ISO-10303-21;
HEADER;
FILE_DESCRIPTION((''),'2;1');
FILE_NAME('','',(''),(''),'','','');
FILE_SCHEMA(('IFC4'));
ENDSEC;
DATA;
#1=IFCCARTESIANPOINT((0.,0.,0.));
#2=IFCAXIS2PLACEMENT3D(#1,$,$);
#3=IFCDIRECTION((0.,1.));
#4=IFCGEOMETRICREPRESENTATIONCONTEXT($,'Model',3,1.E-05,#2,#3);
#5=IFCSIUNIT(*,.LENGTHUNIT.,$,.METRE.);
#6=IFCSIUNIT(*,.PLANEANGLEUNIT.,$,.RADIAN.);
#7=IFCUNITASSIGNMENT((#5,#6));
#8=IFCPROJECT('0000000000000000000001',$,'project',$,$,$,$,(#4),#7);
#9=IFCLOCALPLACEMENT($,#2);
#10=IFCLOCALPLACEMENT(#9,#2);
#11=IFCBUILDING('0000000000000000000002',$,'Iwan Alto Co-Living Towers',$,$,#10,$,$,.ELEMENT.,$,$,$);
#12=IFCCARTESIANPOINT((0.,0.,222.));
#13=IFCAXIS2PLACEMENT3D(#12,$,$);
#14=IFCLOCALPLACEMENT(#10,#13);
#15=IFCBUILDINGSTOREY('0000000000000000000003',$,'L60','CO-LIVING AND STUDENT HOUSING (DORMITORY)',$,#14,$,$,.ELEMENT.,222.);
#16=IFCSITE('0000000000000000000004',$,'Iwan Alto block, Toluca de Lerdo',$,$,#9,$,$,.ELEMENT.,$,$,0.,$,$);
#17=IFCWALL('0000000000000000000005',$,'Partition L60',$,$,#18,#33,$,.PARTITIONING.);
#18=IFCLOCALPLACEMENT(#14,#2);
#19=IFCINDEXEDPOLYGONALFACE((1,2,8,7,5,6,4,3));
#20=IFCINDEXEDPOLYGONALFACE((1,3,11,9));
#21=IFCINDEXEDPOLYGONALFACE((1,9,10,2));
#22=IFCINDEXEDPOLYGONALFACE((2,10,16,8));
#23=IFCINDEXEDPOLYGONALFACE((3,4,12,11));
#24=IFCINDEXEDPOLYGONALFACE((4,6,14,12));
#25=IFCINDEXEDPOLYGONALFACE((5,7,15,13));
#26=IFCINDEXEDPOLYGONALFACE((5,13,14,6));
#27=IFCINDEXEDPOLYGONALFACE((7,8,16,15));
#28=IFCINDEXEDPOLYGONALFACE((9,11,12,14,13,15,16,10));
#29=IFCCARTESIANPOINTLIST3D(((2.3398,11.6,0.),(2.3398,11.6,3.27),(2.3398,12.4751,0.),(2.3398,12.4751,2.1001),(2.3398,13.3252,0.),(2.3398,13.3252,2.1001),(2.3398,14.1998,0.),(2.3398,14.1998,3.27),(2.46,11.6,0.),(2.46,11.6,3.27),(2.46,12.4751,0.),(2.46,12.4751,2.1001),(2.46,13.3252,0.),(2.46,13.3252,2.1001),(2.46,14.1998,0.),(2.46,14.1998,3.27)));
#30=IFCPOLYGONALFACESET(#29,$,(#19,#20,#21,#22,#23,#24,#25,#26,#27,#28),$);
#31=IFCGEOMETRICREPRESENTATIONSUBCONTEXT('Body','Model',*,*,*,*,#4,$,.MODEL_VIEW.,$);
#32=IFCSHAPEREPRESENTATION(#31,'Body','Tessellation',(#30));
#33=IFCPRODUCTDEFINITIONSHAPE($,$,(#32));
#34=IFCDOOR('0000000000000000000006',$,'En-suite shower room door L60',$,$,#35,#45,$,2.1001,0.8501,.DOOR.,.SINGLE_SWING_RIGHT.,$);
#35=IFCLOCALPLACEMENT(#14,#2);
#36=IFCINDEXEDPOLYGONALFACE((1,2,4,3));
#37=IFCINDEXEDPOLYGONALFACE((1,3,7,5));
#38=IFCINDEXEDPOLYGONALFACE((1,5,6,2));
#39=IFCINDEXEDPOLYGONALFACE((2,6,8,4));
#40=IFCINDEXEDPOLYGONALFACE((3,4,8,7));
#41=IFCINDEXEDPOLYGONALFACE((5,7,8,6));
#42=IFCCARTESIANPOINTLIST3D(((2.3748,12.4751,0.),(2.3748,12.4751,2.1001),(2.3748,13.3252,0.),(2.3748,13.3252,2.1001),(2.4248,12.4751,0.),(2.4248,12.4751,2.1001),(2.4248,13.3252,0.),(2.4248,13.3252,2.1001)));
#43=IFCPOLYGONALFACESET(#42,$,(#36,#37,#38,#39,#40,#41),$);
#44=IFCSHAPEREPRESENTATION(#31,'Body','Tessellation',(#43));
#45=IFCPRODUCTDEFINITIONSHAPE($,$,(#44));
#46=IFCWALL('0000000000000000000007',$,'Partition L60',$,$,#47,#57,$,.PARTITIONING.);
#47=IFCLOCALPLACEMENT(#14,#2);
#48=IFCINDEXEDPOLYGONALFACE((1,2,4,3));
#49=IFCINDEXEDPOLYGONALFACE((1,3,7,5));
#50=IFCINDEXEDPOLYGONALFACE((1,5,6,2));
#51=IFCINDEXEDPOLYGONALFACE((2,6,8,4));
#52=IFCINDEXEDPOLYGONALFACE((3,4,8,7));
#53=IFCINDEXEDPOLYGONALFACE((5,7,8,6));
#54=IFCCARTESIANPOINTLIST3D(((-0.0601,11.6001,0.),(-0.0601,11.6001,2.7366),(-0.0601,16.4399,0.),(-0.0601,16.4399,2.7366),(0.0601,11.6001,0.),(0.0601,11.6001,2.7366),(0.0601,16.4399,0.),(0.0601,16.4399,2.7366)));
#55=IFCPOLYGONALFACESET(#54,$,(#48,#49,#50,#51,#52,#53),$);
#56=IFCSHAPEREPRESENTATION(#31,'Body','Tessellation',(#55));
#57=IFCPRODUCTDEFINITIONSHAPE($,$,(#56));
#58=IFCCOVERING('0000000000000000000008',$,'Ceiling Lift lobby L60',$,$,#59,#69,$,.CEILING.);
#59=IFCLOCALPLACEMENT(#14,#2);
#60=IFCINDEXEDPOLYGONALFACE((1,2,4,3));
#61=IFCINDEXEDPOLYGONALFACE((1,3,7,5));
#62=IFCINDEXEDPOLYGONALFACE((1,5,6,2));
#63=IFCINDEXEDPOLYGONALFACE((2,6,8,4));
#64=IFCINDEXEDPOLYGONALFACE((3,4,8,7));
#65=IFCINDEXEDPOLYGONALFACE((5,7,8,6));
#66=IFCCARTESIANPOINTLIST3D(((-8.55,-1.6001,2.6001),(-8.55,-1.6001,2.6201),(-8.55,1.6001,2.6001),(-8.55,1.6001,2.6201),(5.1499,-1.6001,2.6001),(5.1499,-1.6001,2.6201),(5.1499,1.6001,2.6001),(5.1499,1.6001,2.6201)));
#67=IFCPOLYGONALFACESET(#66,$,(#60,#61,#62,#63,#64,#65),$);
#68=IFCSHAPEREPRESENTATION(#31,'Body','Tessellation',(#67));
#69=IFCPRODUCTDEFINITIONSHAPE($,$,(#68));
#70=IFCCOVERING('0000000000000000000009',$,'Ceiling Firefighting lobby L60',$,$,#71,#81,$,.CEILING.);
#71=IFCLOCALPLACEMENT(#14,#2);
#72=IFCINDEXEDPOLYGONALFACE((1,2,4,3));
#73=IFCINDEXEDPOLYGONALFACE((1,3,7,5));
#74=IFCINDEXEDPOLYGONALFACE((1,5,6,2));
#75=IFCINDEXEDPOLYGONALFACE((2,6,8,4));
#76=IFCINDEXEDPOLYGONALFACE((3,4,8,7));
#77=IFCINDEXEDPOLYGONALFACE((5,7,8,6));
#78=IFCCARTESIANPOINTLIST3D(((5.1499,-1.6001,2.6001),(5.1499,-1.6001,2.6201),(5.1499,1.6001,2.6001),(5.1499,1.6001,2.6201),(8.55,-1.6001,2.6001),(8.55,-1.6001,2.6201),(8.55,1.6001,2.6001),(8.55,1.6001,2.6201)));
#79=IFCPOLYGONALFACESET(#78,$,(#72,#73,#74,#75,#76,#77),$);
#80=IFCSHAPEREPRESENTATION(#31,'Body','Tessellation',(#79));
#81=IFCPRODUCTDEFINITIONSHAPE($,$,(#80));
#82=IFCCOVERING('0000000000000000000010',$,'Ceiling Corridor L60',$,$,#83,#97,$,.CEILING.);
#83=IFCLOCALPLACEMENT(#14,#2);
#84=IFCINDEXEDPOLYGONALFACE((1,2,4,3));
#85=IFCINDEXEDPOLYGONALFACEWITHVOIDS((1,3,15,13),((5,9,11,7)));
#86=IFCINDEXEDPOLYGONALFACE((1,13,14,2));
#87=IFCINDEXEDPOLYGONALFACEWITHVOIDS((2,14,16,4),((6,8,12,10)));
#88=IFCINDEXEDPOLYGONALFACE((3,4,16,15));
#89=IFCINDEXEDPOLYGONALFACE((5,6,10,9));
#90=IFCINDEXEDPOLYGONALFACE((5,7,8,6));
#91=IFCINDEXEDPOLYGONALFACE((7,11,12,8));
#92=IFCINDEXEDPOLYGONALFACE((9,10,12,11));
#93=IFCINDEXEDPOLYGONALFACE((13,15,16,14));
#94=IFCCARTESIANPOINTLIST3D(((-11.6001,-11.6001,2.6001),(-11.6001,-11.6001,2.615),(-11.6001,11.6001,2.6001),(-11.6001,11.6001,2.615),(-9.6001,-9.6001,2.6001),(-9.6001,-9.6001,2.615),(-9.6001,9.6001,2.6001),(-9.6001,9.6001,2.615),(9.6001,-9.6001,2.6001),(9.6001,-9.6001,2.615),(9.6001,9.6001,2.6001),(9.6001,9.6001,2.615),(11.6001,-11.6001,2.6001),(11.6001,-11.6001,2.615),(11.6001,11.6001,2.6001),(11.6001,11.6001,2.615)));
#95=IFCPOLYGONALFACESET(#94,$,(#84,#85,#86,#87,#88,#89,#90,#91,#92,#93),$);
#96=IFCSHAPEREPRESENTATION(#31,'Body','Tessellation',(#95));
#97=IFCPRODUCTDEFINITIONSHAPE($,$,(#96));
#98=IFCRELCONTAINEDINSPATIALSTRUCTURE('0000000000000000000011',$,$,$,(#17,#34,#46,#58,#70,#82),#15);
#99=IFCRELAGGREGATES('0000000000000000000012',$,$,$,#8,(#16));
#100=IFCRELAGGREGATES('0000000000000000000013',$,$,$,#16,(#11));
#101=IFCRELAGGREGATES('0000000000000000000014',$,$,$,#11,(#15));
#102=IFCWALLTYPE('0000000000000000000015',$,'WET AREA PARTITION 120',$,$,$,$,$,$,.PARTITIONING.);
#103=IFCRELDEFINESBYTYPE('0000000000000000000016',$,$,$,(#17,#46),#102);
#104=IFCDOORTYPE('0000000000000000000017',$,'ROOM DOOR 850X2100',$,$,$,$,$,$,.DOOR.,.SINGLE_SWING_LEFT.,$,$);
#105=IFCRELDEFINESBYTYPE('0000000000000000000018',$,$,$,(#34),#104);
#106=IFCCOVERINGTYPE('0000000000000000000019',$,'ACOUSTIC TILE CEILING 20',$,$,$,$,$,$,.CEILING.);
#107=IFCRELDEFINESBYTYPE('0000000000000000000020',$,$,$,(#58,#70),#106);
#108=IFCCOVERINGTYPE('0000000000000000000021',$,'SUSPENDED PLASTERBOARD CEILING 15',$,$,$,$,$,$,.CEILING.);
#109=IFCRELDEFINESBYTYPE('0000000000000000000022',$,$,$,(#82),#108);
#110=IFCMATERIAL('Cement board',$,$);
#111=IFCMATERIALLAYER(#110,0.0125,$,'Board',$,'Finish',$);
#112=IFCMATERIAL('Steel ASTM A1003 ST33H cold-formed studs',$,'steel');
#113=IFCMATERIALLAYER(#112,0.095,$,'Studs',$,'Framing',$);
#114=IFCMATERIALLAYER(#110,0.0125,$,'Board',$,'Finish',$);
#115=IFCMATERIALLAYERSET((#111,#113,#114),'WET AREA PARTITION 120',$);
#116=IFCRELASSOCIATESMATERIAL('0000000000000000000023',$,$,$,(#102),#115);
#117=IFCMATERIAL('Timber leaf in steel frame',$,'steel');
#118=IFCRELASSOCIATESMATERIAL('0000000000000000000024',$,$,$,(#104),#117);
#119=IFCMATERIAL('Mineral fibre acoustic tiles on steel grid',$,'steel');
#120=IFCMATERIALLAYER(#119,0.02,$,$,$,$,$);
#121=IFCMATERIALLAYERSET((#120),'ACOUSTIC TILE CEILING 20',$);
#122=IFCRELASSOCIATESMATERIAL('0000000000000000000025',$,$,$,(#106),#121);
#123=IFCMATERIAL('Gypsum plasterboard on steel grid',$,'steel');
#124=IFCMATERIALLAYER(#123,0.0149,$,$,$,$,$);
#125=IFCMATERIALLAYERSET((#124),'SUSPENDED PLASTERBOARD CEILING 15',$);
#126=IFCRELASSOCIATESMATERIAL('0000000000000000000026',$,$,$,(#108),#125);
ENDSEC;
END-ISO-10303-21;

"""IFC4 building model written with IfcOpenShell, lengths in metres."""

from ifc_helpers import new_model, si_unit, direction, frame, frame_2d, origin, place, context, subcontext, project, spatial, polyline, rectangle, outline, extrude, material, layer, layer_set, type_object, element, fill, save


model = new_model("IFC4")

# Units and contexts
model_context = context("Model", 3, precision=1e-05, world=origin(), true_north=direction((0.0, 1.0)))
body_context = subcontext(model_context, "Body", "Model", "MODEL_VIEW")
ifc_project = project(units=[si_unit("LENGTHUNIT", "METRE"), si_unit("PLANEANGLEUNIT", "RADIAN")], contexts=[model_context])

# Site, building, storey
site_placement = place(None, origin())
site = spatial("IfcSite", under=ifc_project, at=site_placement, Name="Iwan Alto block, Toluca de Lerdo", CompositionType="ELEMENT", RefElevation=0.0)
building_placement = place(site_placement, origin())
building = spatial("IfcBuilding", under=site, at=building_placement, Name="Iwan Alto Co-Living Towers", CompositionType="ELEMENT")
storey_placement = place(building_placement, frame((0.0, 0.0, 222.0)))
storey = spatial("IfcBuildingStorey", under=building, at=storey_placement, Name="L60", Description="CO-LIVING AND STUDENT HOUSING (DORMITORY)", CompositionType="ELEMENT", Elevation=222.0)

# Shared definitions
ifc_material_1 = material(Name="Steel ASTM A1003 ST33H cold-formed studs", Category="steel")

# Shared definitions
ifc_material_2 = material(Name="Cement board")
ifc_layer_1 = layer(ifc_material_2, 0.0125, Name="Board", Category="Finish")
ifc_layer_2 = layer(ifc_material_1, 0.095, Name="Studs", Category="Framing")
ifc_layer_3 = layer(ifc_material_2, 0.0125, Name="Board", Category="Finish")
ifc_layer_set_1 = layer_set([ifc_layer_1, ifc_layer_2, ifc_layer_3], Name="WET AREA PARTITION 120")
wall_type_1 = type_object("IfcWallType", Name="WET AREA PARTITION 120", PredefinedType="PARTITIONING", material=ifc_layer_set_1)
ifc_material_3 = material(Name="Timber leaf in steel frame", Category="steel")
door_type_1 = type_object("IfcDoorType", Name="ROOM DOOR 850X2100", OperationType="SINGLE_SWING_LEFT", PredefinedType="DOOR", material=ifc_material_3)

# Wall, opening, door
wall_1_placement = place(storey_placement, frame((2.3999, 11.6001, 0.0), z_axis=(0.0, 0.0, 1.0), x_axis=(0.0, 1.0, 0.0)))
wall_1 = element("IfcWall", 1, at=wall_1_placement, inside=storey, type_object=wall_type_1, Name="Partition L60", PredefinedType="PARTITIONING", context=body_context, shape_type="SweptSolid", body=[
    extrude(rectangle(XDim=2.5999, YDim=0.1201, at=frame_2d((1.2998, 0.0))), origin(), (0.0, 0.0, 1.0), 3.27),
])
opening_1_placement = place(wall_1_placement, frame((0.875, 0.0, 0.0)))
opening_1 = element("IfcOpeningElement", 2, at=opening_1_placement, cuts=wall_1, PredefinedType="OPENING", context=body_context, shape_type="SweptSolid", body=[
    extrude(rectangle(XDim=0.8501, YDim=2.1001, at=frame_2d((0.425, 1.05))), frame((0.0, 0.0701, 0.0), z_axis=(0.0, -1.0, 0.0), x_axis=(1.0, 0.0, 0.0)), (0.0, 0.0, 1.0), 0.1401),
])
door_1_placement = place(opening_1_placement, frame((0.8501, 0.0, 0.0), z_axis=(0.0, 0.0, 1.0), x_axis=(-1.0, 0.0, 0.0)))
door_1 = element("IfcDoor", 3, at=door_1_placement, inside=storey, type_object=door_type_1, Name="En-suite shower room door L60", OperationType="SINGLE_SWING_RIGHT", OverallHeight=2.1001, OverallWidth=0.8501, PredefinedType="DOOR", context=body_context, shape_type="SweptSolid", body=[
    extrude(rectangle(XDim=0.8501, YDim=2.1001, at=frame_2d((0.425, 1.05))), frame((0.0, 0.0249, 0.0), z_axis=(0.0, -1.0, 0.0), x_axis=(1.0, 0.0, 0.0)), (0.0, 0.0, 1.0), 0.05),
])
fill(opening_1, door_1)

# Wall
wall_2_placement = place(storey_placement, frame((0.0, 11.6001, 0.0), z_axis=(0.0, 0.0, 1.0), x_axis=(0.0, 1.0, 0.0)))
element("IfcWall", 4, at=wall_2_placement, inside=storey, type_object=wall_type_1, Name="Partition L60", PredefinedType="PARTITIONING", context=body_context, shape_type="SweptSolid", body=[
    extrude(rectangle(XDim=4.8398, YDim=0.1201, at=frame_2d((2.4199, 0.0))), origin(), (0.0, 0.0, 1.0), 2.7366),
])

# Coverings
ifc_material_4 = material(Name="Mineral fibre acoustic tiles on steel grid", Category="steel")
ifc_layer_4 = layer(ifc_material_4, 0.02)
ifc_layer_set_2 = layer_set([ifc_layer_4], Name="ACOUSTIC TILE CEILING 20")
covering_type_1 = type_object("IfcCoveringType", Name="ACOUSTIC TILE CEILING 20", PredefinedType="CEILING", material=ifc_layer_set_2)
covering_1_placement = place(storey_placement, frame((0.0, 0.0, 2.6001)))
element("IfcCovering", 5, at=covering_1_placement, inside=storey, type_object=covering_type_1, Name="Ceiling Lift lobby L60", PredefinedType="CEILING", context=body_context, shape_type="SweptSolid", body=[
    extrude(outline(polyline([(-8.55, -1.6001), (-8.55, 1.6001), (5.1499, 1.6001), (5.1499, -1.6001), (-8.55, -1.6001)])), origin(), (0.0, 0.0, 1.0), 0.02),
])
covering_2_placement = place(storey_placement, frame((0.0, 0.0, 2.6001)))
element("IfcCovering", 6, at=covering_2_placement, inside=storey, type_object=covering_type_1, Name="Ceiling Firefighting lobby L60", PredefinedType="CEILING", context=body_context, shape_type="SweptSolid", body=[
    extrude(outline(polyline([(5.1499, -1.6001), (5.1499, 1.6001), (8.55, 1.6001), (8.55, -1.6001), (5.1499, -1.6001)])), origin(), (0.0, 0.0, 1.0), 0.02),
])
ifc_material_5 = material(Name="Gypsum plasterboard on steel grid", Category="steel")
ifc_layer_5 = layer(ifc_material_5, 0.0149)
ifc_layer_set_3 = layer_set([ifc_layer_5], Name="SUSPENDED PLASTERBOARD CEILING 15")
covering_type_2 = type_object("IfcCoveringType", Name="SUSPENDED PLASTERBOARD CEILING 15", PredefinedType="CEILING", material=ifc_layer_set_3)
covering_3_placement = place(storey_placement, frame((0.0, 0.0, 2.6001)))
element("IfcCovering", 7, at=covering_3_placement, inside=storey, type_object=covering_type_2, Name="Ceiling Corridor L60", PredefinedType="CEILING", context=body_context, shape_type="SweptSolid", body=[
    extrude(outline(polyline([(-11.6001, 11.6001), (11.6001, 11.6001), (11.6001, -11.6001), (-11.6001, -11.6001), (-11.6001, 11.6001)]), holes=[polyline([(-9.6001, 9.6001), (-9.6001, -9.6001), (9.6001, -9.6001), (9.6001, 9.6001), (-9.6001, 9.6001)])]), origin(), (0.0, 0.0, 1.0), 0.0149),
])

save(model, "model.ifc")
